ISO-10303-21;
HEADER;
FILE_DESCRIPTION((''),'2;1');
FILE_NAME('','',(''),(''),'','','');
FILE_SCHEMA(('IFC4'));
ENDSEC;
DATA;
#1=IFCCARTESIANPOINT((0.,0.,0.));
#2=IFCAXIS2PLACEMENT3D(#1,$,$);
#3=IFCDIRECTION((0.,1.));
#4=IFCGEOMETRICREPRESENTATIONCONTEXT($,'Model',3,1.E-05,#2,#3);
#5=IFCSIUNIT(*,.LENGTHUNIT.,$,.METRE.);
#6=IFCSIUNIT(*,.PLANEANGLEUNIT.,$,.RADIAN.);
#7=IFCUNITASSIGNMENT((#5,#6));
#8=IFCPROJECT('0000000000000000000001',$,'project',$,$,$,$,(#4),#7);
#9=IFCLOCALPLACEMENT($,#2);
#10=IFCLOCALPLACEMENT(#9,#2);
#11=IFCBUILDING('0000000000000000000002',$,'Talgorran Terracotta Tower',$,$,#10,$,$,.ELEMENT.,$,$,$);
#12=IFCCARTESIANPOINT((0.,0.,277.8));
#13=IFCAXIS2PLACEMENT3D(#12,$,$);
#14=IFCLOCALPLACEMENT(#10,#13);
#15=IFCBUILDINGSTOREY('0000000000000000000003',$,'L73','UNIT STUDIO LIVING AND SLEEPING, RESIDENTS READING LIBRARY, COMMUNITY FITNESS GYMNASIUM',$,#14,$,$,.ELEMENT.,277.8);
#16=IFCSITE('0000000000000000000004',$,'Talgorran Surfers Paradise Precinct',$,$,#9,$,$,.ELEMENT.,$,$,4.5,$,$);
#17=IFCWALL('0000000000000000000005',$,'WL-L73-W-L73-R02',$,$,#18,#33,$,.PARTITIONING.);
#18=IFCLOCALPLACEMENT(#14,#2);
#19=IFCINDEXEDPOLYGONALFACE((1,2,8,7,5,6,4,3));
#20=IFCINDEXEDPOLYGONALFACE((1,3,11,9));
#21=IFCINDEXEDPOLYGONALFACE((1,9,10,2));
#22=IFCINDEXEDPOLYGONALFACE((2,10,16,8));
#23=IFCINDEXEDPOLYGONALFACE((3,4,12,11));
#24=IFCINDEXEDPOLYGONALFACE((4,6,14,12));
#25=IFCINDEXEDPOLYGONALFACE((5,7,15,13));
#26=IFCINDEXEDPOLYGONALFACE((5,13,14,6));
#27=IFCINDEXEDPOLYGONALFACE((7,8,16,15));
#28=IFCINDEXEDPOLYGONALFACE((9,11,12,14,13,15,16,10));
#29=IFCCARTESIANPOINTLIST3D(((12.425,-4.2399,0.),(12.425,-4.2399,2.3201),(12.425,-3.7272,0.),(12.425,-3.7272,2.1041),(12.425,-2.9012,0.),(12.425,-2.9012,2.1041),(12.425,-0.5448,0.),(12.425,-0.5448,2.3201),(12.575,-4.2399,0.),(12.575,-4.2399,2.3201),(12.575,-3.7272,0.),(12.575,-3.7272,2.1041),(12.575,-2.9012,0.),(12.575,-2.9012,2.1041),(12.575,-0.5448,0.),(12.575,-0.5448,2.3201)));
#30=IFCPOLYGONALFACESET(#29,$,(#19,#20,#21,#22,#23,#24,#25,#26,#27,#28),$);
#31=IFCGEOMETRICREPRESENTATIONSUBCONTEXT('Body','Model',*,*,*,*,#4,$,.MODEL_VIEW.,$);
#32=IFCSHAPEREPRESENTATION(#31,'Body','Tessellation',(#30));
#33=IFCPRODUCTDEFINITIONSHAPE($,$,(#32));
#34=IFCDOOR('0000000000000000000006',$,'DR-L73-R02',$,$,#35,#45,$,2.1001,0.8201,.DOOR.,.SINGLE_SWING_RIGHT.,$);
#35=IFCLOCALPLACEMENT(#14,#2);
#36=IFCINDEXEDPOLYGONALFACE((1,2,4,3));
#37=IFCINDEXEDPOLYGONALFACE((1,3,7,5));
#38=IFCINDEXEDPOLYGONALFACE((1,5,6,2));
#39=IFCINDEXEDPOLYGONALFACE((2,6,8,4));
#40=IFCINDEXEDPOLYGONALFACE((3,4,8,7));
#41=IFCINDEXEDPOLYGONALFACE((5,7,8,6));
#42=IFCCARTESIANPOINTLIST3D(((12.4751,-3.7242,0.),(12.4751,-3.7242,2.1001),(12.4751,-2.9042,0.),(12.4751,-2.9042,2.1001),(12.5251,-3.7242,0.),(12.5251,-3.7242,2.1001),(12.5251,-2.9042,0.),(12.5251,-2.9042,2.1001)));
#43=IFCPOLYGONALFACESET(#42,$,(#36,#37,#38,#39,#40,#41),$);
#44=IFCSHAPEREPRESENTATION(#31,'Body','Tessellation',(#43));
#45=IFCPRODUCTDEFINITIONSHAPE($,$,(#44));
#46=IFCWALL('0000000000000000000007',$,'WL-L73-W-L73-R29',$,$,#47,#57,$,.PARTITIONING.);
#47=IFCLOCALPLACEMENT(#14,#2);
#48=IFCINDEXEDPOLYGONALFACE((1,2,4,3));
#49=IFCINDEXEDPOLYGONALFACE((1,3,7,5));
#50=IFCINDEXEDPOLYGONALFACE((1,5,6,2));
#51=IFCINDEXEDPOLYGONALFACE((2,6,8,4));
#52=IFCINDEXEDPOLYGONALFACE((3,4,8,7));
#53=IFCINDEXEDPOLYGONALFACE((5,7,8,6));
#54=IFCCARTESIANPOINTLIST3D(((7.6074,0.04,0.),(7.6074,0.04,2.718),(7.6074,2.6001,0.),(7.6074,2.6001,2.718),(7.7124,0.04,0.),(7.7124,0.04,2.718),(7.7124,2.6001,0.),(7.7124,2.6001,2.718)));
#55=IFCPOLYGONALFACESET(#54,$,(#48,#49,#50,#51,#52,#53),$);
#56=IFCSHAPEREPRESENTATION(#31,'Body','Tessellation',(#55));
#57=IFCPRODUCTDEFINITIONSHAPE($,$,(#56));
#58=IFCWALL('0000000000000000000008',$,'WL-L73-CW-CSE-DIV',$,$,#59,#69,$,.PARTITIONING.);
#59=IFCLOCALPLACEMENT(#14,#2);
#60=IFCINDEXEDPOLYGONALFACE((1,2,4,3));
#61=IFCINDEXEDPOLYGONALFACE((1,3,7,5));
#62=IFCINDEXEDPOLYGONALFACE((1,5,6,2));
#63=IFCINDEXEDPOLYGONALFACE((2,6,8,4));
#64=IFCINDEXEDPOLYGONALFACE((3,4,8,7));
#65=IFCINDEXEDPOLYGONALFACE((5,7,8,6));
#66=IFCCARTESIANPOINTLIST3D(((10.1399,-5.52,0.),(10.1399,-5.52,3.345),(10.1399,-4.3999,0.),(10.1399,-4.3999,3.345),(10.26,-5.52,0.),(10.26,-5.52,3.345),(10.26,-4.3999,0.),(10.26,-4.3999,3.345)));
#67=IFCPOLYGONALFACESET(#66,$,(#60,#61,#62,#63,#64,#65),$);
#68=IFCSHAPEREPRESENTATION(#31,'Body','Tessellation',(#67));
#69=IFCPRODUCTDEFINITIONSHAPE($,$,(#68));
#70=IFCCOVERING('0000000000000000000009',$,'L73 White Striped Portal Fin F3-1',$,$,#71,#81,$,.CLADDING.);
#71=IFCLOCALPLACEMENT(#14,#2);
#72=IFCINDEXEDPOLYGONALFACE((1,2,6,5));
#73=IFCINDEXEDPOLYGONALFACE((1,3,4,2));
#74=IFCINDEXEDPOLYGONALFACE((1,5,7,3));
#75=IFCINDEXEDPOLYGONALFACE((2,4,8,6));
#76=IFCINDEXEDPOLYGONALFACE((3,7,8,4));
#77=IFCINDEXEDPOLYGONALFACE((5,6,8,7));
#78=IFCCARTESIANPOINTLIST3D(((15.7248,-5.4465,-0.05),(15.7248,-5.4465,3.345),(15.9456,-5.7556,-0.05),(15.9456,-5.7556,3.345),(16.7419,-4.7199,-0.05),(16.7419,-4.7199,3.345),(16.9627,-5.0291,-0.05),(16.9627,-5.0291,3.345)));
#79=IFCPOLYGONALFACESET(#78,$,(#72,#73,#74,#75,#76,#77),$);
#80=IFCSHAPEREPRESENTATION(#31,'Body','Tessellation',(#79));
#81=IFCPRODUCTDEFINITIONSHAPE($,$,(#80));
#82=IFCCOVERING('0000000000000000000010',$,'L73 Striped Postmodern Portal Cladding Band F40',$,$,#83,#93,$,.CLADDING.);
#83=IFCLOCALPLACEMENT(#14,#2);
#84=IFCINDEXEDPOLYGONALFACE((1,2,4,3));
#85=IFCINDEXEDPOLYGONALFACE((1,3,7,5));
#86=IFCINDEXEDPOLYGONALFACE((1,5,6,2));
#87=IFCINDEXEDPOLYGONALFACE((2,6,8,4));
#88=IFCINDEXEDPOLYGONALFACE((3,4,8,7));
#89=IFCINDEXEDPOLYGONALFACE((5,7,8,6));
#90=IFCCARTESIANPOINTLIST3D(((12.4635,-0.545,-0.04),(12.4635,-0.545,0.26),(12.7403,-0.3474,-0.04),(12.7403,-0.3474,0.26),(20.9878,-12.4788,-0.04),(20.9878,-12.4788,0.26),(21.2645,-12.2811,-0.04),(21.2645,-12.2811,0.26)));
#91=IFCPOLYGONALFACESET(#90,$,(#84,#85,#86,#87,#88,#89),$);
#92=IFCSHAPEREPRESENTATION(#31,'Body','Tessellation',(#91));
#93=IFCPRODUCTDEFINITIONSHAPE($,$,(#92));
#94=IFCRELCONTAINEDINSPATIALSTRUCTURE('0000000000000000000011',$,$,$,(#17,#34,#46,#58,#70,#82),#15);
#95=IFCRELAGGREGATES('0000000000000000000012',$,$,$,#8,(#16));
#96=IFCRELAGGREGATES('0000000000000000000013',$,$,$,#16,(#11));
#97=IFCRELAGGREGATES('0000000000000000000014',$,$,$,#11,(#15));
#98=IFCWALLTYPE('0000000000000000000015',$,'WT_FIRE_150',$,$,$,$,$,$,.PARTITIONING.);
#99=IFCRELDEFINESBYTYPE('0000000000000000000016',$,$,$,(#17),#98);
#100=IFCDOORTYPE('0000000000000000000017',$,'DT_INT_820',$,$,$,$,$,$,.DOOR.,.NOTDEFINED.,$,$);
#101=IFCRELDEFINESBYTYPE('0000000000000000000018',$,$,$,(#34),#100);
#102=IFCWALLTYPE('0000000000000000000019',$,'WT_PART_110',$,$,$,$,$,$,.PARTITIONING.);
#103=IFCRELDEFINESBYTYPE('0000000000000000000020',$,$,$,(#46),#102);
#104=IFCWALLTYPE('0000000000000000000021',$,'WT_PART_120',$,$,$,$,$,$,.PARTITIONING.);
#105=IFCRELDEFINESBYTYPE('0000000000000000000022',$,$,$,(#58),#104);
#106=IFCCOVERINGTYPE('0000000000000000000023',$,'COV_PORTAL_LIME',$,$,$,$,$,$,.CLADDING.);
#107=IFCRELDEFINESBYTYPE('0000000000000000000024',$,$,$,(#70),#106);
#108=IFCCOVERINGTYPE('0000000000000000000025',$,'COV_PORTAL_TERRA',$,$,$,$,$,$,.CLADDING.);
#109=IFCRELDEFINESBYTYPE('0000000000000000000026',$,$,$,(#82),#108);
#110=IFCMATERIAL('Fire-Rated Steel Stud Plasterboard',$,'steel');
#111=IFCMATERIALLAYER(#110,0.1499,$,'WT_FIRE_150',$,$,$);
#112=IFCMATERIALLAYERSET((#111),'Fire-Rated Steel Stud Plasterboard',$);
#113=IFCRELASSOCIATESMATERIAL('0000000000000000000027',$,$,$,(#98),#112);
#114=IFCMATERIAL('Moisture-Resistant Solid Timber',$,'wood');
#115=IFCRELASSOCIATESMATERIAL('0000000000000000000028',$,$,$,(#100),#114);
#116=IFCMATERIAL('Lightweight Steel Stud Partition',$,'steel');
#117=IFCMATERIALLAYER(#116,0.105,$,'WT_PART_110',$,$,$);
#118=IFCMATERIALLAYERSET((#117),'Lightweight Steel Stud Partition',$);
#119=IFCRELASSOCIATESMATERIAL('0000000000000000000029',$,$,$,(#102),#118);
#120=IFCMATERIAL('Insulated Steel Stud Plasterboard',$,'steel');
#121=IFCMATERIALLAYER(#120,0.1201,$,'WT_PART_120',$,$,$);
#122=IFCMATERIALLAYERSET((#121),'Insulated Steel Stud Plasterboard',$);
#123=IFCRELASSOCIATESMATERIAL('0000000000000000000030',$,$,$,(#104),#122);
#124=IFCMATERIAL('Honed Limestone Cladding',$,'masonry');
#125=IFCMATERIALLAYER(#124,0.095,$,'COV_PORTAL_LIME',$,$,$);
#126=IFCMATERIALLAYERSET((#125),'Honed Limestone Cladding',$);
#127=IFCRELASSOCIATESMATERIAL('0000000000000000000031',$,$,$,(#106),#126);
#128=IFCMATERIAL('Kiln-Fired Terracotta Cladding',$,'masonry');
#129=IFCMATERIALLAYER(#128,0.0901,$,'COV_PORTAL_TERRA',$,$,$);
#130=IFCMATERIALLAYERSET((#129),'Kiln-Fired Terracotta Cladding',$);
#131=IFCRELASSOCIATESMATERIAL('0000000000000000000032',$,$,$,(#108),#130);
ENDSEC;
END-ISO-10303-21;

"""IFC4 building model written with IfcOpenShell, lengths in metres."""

from ifc_helpers import new_model, si_unit, direction, frame, frame_2d, origin, origin_2d, place, context, subcontext, project, spatial, rectangle, extrude, material, layer, layer_set, type_object, element, fill, save


model = new_model("IFC4")

# Units and contexts
model_context = context("Model", 3, precision=1e-05, world=origin(), true_north=direction((0.0, 1.0)))
body_context = subcontext(model_context, "Body", "Model", "MODEL_VIEW")
ifc_project = project(units=[si_unit("LENGTHUNIT", "METRE"), si_unit("PLANEANGLEUNIT", "RADIAN")], contexts=[model_context])

# Site, building, storey
site_placement = place(None, origin())
site = spatial("IfcSite", under=ifc_project, at=site_placement, Name="Talgorran Surfers Paradise Precinct", CompositionType="ELEMENT", RefElevation=4.5)
building_placement = place(site_placement, origin())
building = spatial("IfcBuilding", under=site, at=building_placement, Name="Talgorran Terracotta Tower", CompositionType="ELEMENT")
storey_placement = place(building_placement, frame((0.0, 0.0, 277.8)))
storey = spatial("IfcBuildingStorey", under=building, at=storey_placement, Name="L73", Description="UNIT STUDIO LIVING AND SLEEPING, RESIDENTS READING LIBRARY, COMMUNITY FITNESS GYMNASIUM", CompositionType="ELEMENT", Elevation=277.8)

# Wall, opening, door
ifc_material_1 = material(Name="Fire-Rated Steel Stud Plasterboard", Category="steel")
ifc_layer_1 = layer(ifc_material_1, 0.1499, Name="WT_FIRE_150")
ifc_layer_set_1 = layer_set([ifc_layer_1], Name="Fire-Rated Steel Stud Plasterboard")
wall_type_1 = type_object("IfcWallType", Name="WT_FIRE_150", PredefinedType="PARTITIONING", material=ifc_layer_set_1)
wall_1_placement = place(storey_placement, frame((12.5, -4.24, 0.0), z_axis=(0.0, 0.0, 1.0), x_axis=(0.0, 1.0, 0.0)))
wall_1 = element("IfcWall", 1, at=wall_1_placement, inside=storey, type_object=wall_type_1, Name="WL-L73-W-L73-R02", PredefinedType="PARTITIONING", context=body_context, shape_type="SweptSolid", body=[
    extrude(rectangle(XDim=3.6951, YDim=0.1499, at=frame_2d((1.8477, 0.0))), origin(), (0.0, 0.0, 1.0), 2.3201),
])
opening_1_placement = place(wall_1_placement, frame((0.5156, 0.0, 0.0)))
opening_1 = element("IfcOpeningElement", 2, at=opening_1_placement, cuts=wall_1, PredefinedType="OPENING", context=body_context, shape_type="SweptSolid", body=[
    extrude(rectangle(XDim=0.8261, YDim=2.1041, at=frame_2d((0.4102, 1.052))), frame((0.0, 0.085, 0.0), z_axis=(0.0, -1.0, 0.0), x_axis=(1.0, 0.0, 0.0)), (0.0, 0.0, 1.0), 0.1699),
])
ifc_material_2 = material(Name="Moisture-Resistant Solid Timber", Category="wood")
door_type_1 = type_object("IfcDoorType", Name="DT_INT_820", OperationType="NOTDEFINED", PredefinedType="DOOR", material=ifc_material_2)
door_1_placement = place(opening_1_placement, origin())
door_1 = element("IfcDoor", 3, at=door_1_placement, inside=storey, type_object=door_type_1, Name="DR-L73-R02", OperationType="SINGLE_SWING_RIGHT", OverallHeight=2.1001, OverallWidth=0.8201, PredefinedType="DOOR", context=body_context, shape_type="SweptSolid", body=[
    extrude(rectangle(XDim=0.8201, YDim=2.1001, at=frame_2d((0.4102, 1.05))), frame((0.0, 0.0249, 0.0), z_axis=(0.0, -1.0, 0.0), x_axis=(1.0, 0.0, 0.0)), (0.0, 0.0, 1.0), 0.05),
])
fill(opening_1, door_1)

# Walls
ifc_material_3 = material(Name="Lightweight Steel Stud Partition", Category="steel")
ifc_layer_2 = layer(ifc_material_3, 0.105, Name="WT_PART_110")
ifc_layer_set_2 = layer_set([ifc_layer_2], Name="Lightweight Steel Stud Partition")
wall_type_2 = type_object("IfcWallType", Name="WT_PART_110", PredefinedType="PARTITIONING", material=ifc_layer_set_2)
wall_2_placement = place(storey_placement, frame((7.6599, 0.04, 0.0), z_axis=(0.0, 0.0, 1.0), x_axis=(0.0, 1.0, 0.0)))
element("IfcWall", 4, at=wall_2_placement, inside=storey, type_object=wall_type_2, Name="WL-L73-W-L73-R29", PredefinedType="PARTITIONING", context=body_context, shape_type="SweptSolid", body=[
    extrude(rectangle(XDim=2.5601, YDim=0.105, at=frame_2d((1.28, 0.0))), origin(), (0.0, 0.0, 1.0), 2.718),
])
ifc_material_4 = material(Name="Insulated Steel Stud Plasterboard", Category="steel")
ifc_layer_3 = layer(ifc_material_4, 0.1201, Name="WT_PART_120")
ifc_layer_set_3 = layer_set([ifc_layer_3], Name="Insulated Steel Stud Plasterboard")
wall_type_3 = type_object("IfcWallType", Name="WT_PART_120", PredefinedType="PARTITIONING", material=ifc_layer_set_3)
wall_3_placement = place(storey_placement, frame((10.2, -5.52, 0.0), z_axis=(0.0, 0.0, 1.0), x_axis=(0.0, 1.0, 0.0)))
element("IfcWall", 5, at=wall_3_placement, inside=storey, type_object=wall_type_3, Name="WL-L73-CW-CSE-DIV", PredefinedType="PARTITIONING", context=body_context, shape_type="SweptSolid", body=[
    extrude(rectangle(XDim=1.1201, YDim=0.1201, at=frame_2d((0.5601, 0.0))), origin(), (0.0, 0.0, 1.0), 3.345),
])

# Coverings
ifc_material_5 = material(Name="Honed Limestone Cladding", Category="masonry")
ifc_layer_4 = layer(ifc_material_5, 0.095, Name="COV_PORTAL_LIME")
ifc_layer_set_4 = layer_set([ifc_layer_4], Name="Honed Limestone Cladding")
covering_type_1 = type_object("IfcCoveringType", Name="COV_PORTAL_LIME", PredefinedType="CLADDING", material=ifc_layer_set_4)
covering_1_placement = place(storey_placement, frame((16.3438, -5.2378, -0.05), z_axis=(0.0, 0.0, 1.0), x_axis=(-0.581257, 0.81372, 0.0)))
element("IfcCovering", 6, at=covering_1_placement, inside=storey, type_object=covering_type_1, Name="L73 White Striped Portal Fin F3-1", PredefinedType="CLADDING", context=body_context, shape_type="SweptSolid", body=[
    extrude(rectangle(XDim=0.3799, YDim=1.25, at=origin_2d()), origin(), (0.0, 0.0, 1.0), 3.395),
])
ifc_material_6 = material(Name="Kiln-Fired Terracotta Cladding", Category="masonry")
ifc_layer_5 = layer(ifc_material_6, 0.0901, Name="COV_PORTAL_TERRA")
ifc_layer_set_5 = layer_set([ifc_layer_5], Name="Kiln-Fired Terracotta Cladding")
covering_type_2 = type_object("IfcCoveringType", Name="COV_PORTAL_TERRA", PredefinedType="CLADDING", material=ifc_layer_set_5)
covering_2_placement = place(storey_placement, frame((16.864, -6.4131, -0.04), z_axis=(0.0, 0.0, 1.0), x_axis=(-0.581243, 0.81373, 0.0)))
element("IfcCovering", 7, at=covering_2_placement, inside=storey, type_object=covering_type_2, Name="L73 Striped Postmodern Portal Cladding Band F40", PredefinedType="CLADDING", context=body_context, shape_type="SweptSolid", body=[
    extrude(rectangle(XDim=14.6655, YDim=0.3401, at=origin_2d()), origin(), (0.0, 0.0, 1.0), 0.3),
])

save(model, "model.ifc")
